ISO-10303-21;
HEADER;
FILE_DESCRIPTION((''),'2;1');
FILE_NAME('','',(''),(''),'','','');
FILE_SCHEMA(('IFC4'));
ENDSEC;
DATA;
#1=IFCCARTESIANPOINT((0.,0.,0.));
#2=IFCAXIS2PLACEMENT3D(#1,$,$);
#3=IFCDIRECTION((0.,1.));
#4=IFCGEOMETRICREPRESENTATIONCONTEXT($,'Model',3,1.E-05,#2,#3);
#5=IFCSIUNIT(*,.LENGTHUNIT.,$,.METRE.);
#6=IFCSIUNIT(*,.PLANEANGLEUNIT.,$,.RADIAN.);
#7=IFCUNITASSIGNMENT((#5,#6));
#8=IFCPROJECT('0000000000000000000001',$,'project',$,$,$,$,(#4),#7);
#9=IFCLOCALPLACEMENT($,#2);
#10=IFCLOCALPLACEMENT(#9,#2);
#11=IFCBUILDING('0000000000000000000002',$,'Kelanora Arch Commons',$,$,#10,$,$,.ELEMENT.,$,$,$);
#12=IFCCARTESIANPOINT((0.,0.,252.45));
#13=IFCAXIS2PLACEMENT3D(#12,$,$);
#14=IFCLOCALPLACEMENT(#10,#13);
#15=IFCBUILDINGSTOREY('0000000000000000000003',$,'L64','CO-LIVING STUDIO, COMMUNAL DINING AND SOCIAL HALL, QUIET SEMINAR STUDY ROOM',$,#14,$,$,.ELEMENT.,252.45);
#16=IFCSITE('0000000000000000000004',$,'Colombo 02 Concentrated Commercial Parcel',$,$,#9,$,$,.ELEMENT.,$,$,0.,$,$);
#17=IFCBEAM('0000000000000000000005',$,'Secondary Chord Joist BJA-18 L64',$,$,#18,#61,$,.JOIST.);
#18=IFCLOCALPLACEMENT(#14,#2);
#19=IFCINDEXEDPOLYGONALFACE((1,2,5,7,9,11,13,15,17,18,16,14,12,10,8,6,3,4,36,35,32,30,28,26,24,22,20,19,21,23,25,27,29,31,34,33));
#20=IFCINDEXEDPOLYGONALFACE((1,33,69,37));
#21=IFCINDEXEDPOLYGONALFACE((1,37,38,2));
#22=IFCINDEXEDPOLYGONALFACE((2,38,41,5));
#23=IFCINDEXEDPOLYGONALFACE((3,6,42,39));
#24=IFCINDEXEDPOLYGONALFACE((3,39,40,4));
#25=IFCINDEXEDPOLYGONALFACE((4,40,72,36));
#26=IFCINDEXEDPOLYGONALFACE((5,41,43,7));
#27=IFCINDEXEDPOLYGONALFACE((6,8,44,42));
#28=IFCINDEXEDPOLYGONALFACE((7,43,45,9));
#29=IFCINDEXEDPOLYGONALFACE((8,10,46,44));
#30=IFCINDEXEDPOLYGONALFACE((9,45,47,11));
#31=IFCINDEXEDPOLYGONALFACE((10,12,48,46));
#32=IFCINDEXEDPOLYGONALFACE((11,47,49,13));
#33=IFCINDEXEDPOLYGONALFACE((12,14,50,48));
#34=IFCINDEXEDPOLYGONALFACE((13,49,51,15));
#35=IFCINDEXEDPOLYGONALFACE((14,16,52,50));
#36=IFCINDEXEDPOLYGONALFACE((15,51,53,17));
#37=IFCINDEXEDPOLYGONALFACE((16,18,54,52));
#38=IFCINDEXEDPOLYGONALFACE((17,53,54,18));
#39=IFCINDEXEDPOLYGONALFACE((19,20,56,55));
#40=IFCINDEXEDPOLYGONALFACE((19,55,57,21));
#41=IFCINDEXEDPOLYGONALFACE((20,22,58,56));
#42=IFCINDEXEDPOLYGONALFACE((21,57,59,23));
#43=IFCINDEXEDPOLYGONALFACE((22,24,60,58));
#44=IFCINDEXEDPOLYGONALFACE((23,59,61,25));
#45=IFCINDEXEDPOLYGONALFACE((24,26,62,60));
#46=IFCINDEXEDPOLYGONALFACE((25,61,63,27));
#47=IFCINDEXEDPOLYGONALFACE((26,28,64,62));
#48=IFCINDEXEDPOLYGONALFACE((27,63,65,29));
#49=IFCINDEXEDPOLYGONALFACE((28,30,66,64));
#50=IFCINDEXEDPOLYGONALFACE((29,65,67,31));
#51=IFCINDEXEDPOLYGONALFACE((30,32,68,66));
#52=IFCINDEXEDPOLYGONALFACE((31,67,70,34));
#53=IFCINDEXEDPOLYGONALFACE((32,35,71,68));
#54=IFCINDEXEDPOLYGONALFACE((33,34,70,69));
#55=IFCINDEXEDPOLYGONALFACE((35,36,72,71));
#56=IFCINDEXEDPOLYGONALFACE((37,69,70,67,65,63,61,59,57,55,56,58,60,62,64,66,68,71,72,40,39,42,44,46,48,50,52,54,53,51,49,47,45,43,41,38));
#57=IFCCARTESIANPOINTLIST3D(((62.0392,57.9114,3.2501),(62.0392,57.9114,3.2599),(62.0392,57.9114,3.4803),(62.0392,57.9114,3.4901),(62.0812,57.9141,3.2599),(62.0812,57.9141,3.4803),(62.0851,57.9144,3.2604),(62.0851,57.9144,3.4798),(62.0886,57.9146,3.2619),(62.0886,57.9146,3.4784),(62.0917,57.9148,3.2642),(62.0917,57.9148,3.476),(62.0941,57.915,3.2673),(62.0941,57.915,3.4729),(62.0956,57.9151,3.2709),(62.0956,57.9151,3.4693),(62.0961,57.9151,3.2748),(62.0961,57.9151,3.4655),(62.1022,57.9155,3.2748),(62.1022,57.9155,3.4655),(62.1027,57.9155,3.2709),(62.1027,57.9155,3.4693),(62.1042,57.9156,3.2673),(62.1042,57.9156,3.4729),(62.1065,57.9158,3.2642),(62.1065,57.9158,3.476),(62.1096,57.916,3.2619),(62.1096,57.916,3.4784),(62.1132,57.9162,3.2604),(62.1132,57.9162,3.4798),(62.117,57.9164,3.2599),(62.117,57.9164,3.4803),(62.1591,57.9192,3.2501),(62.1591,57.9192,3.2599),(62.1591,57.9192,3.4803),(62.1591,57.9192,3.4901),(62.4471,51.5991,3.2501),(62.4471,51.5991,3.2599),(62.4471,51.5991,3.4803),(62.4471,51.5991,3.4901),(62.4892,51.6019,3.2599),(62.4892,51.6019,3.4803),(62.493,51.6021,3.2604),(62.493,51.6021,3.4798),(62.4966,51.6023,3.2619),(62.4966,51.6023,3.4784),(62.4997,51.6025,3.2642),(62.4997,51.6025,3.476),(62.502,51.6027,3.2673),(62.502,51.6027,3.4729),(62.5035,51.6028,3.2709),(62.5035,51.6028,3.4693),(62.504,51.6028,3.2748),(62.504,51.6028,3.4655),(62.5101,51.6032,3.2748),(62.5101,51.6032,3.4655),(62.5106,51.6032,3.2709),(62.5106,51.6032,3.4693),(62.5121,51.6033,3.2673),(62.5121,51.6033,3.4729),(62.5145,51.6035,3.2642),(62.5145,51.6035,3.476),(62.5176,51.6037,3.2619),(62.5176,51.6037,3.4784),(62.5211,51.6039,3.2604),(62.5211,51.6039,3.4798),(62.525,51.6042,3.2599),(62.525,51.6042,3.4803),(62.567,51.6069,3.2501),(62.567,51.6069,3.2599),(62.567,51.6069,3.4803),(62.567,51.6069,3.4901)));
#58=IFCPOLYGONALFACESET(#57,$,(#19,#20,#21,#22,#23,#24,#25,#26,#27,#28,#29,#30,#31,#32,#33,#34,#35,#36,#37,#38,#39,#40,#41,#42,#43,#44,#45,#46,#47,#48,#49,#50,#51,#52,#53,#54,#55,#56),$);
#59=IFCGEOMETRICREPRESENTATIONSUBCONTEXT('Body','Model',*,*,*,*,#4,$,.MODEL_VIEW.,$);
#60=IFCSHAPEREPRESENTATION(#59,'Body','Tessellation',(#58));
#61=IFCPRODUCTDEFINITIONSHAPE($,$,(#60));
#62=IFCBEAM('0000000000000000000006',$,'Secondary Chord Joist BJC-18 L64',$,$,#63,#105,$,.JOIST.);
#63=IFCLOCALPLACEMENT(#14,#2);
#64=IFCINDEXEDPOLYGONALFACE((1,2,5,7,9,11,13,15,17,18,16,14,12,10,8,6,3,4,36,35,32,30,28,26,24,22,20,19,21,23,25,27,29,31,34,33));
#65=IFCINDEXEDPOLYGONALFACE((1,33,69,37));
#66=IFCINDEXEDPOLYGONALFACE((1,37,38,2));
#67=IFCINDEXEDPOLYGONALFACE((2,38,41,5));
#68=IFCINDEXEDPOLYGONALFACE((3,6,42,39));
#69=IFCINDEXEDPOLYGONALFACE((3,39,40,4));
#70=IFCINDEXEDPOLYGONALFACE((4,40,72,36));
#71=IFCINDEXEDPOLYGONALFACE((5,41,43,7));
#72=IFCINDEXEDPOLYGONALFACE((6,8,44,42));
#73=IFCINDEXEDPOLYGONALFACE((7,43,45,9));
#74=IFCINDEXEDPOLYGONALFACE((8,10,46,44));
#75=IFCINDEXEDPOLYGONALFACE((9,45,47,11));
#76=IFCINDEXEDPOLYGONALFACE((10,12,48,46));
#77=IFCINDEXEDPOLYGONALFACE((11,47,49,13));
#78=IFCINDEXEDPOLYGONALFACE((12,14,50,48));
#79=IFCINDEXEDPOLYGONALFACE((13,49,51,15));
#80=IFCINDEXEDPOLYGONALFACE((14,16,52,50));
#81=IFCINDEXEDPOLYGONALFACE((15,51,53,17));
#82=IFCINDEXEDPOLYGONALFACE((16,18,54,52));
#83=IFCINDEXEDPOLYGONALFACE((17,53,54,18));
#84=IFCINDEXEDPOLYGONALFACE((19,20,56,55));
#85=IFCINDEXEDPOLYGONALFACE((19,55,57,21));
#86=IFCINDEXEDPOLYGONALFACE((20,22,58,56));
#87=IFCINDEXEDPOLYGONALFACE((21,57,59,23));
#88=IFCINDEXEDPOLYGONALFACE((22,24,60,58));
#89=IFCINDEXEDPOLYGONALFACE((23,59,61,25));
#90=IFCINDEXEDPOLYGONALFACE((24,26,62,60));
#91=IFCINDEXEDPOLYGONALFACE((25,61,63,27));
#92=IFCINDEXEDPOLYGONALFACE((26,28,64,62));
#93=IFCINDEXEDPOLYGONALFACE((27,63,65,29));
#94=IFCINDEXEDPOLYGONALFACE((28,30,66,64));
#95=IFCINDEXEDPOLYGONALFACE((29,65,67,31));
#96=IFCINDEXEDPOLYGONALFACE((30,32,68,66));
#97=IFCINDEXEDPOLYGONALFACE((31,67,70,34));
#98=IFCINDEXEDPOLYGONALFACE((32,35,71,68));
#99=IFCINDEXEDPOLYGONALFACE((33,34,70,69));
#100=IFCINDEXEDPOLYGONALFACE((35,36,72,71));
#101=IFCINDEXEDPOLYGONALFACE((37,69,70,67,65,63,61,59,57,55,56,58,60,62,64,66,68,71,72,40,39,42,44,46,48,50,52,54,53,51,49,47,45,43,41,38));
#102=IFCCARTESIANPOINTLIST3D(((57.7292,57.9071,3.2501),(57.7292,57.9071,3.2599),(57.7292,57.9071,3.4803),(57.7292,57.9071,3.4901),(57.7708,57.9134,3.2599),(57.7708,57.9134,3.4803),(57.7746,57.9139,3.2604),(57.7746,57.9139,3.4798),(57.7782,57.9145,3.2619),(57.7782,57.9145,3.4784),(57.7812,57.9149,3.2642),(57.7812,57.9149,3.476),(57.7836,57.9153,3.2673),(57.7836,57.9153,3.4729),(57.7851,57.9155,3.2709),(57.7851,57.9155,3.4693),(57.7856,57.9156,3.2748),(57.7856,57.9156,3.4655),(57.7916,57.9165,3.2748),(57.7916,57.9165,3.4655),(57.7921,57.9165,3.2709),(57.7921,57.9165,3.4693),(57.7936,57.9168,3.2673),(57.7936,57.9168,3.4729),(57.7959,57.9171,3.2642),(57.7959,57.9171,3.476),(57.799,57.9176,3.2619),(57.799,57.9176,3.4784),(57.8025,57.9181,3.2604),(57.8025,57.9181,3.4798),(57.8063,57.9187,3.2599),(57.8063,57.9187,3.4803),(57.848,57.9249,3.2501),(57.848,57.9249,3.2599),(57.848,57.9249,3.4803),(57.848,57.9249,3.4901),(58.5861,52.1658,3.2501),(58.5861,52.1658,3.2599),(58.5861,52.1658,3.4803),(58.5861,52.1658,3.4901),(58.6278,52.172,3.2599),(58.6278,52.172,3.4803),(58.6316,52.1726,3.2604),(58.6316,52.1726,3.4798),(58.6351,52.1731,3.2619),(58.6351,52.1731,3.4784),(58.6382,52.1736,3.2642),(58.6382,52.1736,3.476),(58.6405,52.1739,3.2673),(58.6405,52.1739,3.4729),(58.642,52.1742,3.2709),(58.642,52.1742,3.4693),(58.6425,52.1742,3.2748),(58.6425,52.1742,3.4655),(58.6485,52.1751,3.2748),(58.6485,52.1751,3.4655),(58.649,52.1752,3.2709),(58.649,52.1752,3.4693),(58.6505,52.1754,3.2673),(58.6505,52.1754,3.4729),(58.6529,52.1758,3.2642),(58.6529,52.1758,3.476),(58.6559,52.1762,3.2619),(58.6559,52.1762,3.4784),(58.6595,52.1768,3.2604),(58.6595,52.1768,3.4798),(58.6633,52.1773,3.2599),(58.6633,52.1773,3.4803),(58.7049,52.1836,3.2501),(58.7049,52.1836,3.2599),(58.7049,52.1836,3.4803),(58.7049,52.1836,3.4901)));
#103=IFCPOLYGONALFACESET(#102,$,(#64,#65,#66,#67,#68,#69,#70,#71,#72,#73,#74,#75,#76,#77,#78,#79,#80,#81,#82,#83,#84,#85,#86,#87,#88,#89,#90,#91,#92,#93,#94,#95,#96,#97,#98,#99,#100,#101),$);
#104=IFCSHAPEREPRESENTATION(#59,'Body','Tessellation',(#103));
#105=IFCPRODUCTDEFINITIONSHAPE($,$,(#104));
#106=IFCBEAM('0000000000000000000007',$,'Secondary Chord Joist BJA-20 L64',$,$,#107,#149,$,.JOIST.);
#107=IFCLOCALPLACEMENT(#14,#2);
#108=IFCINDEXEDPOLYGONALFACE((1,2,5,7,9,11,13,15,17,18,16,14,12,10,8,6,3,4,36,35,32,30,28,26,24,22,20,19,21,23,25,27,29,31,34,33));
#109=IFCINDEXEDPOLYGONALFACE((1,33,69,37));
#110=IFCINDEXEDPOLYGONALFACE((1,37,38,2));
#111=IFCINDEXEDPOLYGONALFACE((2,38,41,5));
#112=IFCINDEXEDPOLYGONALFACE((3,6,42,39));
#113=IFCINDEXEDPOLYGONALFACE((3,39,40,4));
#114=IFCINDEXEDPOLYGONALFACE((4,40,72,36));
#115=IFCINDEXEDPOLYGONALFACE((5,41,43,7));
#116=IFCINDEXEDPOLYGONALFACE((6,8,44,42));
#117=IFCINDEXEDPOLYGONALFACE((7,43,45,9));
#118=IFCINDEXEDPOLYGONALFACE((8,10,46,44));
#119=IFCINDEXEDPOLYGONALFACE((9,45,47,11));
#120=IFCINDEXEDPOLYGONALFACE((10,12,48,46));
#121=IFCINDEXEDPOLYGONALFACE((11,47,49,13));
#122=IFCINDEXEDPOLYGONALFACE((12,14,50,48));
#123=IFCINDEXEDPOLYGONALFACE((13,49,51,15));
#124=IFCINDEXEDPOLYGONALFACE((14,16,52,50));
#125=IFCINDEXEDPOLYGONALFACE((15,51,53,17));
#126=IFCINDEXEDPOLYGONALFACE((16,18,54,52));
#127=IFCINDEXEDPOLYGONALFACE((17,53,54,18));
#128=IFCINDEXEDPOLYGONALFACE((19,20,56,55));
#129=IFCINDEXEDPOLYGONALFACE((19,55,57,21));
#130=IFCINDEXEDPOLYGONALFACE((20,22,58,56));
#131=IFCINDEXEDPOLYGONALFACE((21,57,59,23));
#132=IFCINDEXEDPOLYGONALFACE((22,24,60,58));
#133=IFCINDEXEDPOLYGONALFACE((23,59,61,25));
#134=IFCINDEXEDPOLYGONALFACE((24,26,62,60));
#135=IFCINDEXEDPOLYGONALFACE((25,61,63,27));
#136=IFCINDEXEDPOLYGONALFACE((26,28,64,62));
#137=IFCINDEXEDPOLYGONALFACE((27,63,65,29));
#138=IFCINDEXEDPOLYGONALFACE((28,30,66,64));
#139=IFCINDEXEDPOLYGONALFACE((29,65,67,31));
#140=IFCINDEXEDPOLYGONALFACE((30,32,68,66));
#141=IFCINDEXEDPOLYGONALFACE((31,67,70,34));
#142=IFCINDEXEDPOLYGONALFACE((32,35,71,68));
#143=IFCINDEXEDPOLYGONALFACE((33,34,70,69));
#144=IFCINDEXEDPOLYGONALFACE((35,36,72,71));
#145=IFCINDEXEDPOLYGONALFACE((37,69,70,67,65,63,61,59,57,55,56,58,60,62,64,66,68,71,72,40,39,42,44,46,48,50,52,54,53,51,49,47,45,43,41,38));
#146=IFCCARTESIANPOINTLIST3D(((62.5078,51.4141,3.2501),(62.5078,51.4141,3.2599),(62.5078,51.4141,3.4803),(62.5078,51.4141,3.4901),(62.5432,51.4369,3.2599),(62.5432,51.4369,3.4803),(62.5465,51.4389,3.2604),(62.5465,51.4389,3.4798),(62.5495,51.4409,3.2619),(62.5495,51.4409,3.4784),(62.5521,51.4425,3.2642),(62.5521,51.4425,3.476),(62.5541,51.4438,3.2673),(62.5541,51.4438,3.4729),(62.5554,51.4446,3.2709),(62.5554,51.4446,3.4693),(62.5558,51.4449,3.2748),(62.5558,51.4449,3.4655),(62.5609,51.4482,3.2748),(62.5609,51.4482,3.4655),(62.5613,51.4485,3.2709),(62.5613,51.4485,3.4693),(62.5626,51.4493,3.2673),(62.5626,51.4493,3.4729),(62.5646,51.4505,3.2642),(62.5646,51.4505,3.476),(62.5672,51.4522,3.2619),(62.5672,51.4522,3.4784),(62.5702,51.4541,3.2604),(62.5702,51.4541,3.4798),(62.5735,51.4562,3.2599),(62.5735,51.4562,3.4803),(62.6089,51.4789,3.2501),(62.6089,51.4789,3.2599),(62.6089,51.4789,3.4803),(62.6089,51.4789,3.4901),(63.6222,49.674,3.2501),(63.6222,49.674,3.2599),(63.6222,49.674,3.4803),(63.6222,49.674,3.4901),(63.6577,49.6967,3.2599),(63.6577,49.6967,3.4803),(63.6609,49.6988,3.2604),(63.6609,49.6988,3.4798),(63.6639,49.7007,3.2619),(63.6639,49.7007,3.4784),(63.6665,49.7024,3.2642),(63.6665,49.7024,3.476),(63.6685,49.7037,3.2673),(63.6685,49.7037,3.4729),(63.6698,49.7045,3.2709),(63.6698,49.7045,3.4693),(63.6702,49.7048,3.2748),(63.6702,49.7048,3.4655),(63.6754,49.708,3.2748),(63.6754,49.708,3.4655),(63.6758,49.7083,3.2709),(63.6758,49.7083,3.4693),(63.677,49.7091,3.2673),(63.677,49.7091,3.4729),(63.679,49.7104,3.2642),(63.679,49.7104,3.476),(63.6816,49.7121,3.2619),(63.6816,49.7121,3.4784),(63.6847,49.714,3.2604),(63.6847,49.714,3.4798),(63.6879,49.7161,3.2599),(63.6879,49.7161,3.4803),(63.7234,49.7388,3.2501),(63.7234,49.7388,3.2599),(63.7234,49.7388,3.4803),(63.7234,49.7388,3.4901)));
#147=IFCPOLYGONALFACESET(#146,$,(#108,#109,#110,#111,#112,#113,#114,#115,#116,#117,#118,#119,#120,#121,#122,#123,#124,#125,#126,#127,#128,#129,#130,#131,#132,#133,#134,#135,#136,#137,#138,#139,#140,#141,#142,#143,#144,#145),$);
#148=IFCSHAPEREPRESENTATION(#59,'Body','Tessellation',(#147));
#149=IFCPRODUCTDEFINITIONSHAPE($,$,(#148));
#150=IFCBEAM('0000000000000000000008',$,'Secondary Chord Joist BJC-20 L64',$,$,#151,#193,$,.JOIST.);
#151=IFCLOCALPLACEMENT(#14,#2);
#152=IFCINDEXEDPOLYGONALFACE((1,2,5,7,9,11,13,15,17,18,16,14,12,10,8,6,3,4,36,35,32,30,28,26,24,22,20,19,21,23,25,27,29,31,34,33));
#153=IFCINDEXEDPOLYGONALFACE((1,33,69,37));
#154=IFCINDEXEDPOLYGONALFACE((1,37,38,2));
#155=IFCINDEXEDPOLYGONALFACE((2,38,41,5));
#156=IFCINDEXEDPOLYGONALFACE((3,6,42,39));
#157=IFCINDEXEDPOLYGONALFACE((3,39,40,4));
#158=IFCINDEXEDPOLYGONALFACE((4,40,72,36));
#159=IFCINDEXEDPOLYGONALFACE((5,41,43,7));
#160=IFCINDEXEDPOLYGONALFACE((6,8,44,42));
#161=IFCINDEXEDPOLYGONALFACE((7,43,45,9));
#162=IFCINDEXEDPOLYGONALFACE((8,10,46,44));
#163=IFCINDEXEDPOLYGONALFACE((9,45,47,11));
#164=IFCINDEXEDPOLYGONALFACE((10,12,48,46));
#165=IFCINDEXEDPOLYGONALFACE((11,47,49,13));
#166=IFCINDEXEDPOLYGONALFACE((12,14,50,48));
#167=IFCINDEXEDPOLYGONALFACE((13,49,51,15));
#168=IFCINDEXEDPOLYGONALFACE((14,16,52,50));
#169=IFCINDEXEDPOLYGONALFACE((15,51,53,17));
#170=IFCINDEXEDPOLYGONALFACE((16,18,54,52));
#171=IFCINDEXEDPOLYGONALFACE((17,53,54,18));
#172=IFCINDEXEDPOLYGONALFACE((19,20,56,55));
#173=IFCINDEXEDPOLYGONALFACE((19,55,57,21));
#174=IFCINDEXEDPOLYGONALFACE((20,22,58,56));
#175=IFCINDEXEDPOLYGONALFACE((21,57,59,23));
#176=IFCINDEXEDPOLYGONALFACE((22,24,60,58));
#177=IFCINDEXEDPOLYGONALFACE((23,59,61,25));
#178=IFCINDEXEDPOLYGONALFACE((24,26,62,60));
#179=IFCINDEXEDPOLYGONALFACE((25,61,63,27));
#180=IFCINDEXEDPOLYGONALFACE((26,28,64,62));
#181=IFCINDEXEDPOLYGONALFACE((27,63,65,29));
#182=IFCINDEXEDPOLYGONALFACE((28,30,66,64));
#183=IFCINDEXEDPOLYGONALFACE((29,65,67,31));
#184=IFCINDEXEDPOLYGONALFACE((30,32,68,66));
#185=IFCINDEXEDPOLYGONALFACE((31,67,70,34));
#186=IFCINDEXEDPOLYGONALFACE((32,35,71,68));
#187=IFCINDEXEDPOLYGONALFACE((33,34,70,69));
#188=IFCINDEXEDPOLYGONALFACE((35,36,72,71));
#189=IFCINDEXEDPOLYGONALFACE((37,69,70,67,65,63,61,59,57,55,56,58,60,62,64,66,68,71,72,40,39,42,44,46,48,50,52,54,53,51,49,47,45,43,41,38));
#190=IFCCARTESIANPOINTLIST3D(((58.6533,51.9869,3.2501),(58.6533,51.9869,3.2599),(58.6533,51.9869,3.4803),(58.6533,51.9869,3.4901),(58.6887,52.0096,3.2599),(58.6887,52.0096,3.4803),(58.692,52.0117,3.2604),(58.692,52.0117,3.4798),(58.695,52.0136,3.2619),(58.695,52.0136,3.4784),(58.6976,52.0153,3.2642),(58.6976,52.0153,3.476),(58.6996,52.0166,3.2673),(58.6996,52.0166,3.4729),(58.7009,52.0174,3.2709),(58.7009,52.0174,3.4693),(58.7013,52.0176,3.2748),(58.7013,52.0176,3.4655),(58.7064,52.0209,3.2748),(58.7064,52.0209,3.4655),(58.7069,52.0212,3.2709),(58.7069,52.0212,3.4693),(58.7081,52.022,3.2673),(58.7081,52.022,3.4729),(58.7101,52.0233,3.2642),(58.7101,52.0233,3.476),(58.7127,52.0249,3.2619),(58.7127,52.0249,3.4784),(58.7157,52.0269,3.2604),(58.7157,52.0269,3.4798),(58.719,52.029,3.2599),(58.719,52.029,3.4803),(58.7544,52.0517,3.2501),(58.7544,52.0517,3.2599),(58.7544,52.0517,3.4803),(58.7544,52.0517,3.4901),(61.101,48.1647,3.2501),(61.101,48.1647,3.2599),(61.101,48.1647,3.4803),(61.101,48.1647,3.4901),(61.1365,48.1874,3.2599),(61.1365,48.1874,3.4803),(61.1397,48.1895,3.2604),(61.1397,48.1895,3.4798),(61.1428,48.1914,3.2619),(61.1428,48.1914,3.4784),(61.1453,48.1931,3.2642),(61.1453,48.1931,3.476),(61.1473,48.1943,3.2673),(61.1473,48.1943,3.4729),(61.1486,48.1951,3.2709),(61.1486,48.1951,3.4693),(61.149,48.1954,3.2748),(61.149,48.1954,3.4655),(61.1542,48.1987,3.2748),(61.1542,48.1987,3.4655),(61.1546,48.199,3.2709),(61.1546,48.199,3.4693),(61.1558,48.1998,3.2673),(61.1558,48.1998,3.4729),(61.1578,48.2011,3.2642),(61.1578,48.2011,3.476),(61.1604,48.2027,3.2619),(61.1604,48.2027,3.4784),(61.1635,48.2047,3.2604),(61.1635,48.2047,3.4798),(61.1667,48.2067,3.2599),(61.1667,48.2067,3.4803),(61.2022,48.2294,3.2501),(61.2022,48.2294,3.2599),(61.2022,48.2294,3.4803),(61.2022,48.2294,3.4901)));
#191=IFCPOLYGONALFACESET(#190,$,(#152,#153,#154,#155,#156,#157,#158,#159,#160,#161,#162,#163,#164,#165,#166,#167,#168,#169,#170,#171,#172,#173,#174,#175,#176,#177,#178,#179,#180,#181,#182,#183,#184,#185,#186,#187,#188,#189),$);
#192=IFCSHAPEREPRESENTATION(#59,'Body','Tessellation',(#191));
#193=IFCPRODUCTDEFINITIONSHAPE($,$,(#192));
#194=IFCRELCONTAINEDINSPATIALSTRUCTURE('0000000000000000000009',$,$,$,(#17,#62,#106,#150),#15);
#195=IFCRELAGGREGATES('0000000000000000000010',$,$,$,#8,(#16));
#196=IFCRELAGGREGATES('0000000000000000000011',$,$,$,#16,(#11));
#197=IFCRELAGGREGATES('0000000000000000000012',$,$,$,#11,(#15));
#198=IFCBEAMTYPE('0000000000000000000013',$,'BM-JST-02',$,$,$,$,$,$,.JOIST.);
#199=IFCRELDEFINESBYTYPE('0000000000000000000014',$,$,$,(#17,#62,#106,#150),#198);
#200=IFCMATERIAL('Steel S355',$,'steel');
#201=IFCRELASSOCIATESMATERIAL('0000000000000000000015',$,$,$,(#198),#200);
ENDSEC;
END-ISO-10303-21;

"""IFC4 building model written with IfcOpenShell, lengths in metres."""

from ifc_helpers import new_model, si_unit, direction, frame, origin, origin_2d, place, context, subcontext, project, spatial, i_section, extrude, material, material_profile, profile_set, type_object, element, save


model = new_model("IFC4")

# Units and contexts
model_context = context("Model", 3, precision=1e-05, world=origin(), true_north=direction((0.0, 1.0)))
body_context = subcontext(model_context, "Body", "Model", "MODEL_VIEW")
ifc_project = project(units=[si_unit("LENGTHUNIT", "METRE"), si_unit("PLANEANGLEUNIT", "RADIAN")], contexts=[model_context])

# Site, building, storey
site_placement = place(None, origin())
site = spatial("IfcSite", under=ifc_project, at=site_placement, Name="Colombo 02 Concentrated Commercial Parcel", CompositionType="ELEMENT", RefElevation=0.0)
building_placement = place(site_placement, origin())
building = spatial("IfcBuilding", under=site, at=building_placement, Name="Kelanora Arch Commons", CompositionType="ELEMENT")
storey_placement = place(building_placement, frame((0.0, 0.0, 252.45)))
storey = spatial("IfcBuildingStorey", under=building, at=storey_placement, Name="L64", Description="CO-LIVING STUDIO, COMMUNAL DINING AND SOCIAL HALL, QUIET SEMINAR STUDY ROOM", CompositionType="ELEMENT", Elevation=252.45)

# Beams
ifc_material_1 = material(Name="Steel S355", Category="steel")
ifc_material_profile_1 = material_profile(ifc_material_1, i_section(OverallWidth=0.1201, OverallDepth=0.24, WebThickness=0.0061, FlangeThickness=0.0098, FilletRadius=0.0149, at=origin_2d()), Name="IPE240")
ifc_profile_set_1 = profile_set([ifc_material_profile_1], Name="Steel S355")
beam_type_1 = type_object("IfcBeamType", Name="BM-JST-02", PredefinedType="JOIST", material=ifc_profile_set_1)
beam_1_placement = place(storey_placement, frame((62.0991, 57.9153, 3.3701), z_axis=(0.064495, -0.997918, 0.0), x_axis=(0.997918, 0.064495, 0.0)))
element("IfcBeam", 1, at=beam_1_placement, inside=storey, type_object=beam_type_1, Name="Secondary Chord Joist BJA-18 L64", PredefinedType="JOIST", context=body_context, shape_type="SweptSolid", body=[
    extrude(i_section(OverallWidth=0.1201, OverallDepth=0.24, WebThickness=0.0061, FlangeThickness=0.0098, FilletRadius=0.0149, at=origin_2d()), origin(), (0.0, 0.0, 1.0), 6.3254),
])
beam_2_placement = place(storey_placement, frame((57.7886, 57.916, 3.3701), z_axis=(0.147625, -0.989043, 0.0), x_axis=(0.989043, 0.147625, 0.0)))
element("IfcBeam", 2, at=beam_2_placement, inside=storey, type_object=beam_type_1, Name="Secondary Chord Joist BJC-18 L64", PredefinedType="JOIST", context=body_context, shape_type="SweptSolid", body=[
    extrude(i_section(OverallWidth=0.1201, OverallDepth=0.24, WebThickness=0.0061, FlangeThickness=0.0098, FilletRadius=0.0149, at=origin_2d()), origin(), (0.0, 0.0, 1.0), 5.8049),
])
beam_3_placement = place(storey_placement, frame((62.5583, 51.4465, 3.3701), z_axis=(0.539312, -0.842106, 0.0), x_axis=(0.842106, 0.539312, 0.0)))
element("IfcBeam", 3, at=beam_3_placement, inside=storey, type_object=beam_type_1, Name="Secondary Chord Joist BJA-20 L64", PredefinedType="JOIST", context=body_context, shape_type="SweptSolid", body=[
    extrude(i_section(OverallWidth=0.1201, OverallDepth=0.24, WebThickness=0.0061, FlangeThickness=0.0098, FilletRadius=0.0149, at=origin_2d()), origin(), (0.0, 0.0, 1.0), 2.0664),
])
beam_4_placement = place(storey_placement, frame((58.7039, 52.0193, 3.3701), z_axis=(0.539289, -0.842121, 0.0), x_axis=(0.842121, 0.539289, 0.0)))
element("IfcBeam", 4, at=beam_4_placement, inside=storey, type_object=beam_type_1, Name="Secondary Chord Joist BJC-20 L64", PredefinedType="JOIST", context=body_context, shape_type="SweptSolid", body=[
    extrude(i_section(OverallWidth=0.1201, OverallDepth=0.24, WebThickness=0.0061, FlangeThickness=0.0098, FilletRadius=0.0149, at=origin_2d()), origin(), (0.0, 0.0, 1.0), 4.5388),
])

save(model, "model.ifc")
